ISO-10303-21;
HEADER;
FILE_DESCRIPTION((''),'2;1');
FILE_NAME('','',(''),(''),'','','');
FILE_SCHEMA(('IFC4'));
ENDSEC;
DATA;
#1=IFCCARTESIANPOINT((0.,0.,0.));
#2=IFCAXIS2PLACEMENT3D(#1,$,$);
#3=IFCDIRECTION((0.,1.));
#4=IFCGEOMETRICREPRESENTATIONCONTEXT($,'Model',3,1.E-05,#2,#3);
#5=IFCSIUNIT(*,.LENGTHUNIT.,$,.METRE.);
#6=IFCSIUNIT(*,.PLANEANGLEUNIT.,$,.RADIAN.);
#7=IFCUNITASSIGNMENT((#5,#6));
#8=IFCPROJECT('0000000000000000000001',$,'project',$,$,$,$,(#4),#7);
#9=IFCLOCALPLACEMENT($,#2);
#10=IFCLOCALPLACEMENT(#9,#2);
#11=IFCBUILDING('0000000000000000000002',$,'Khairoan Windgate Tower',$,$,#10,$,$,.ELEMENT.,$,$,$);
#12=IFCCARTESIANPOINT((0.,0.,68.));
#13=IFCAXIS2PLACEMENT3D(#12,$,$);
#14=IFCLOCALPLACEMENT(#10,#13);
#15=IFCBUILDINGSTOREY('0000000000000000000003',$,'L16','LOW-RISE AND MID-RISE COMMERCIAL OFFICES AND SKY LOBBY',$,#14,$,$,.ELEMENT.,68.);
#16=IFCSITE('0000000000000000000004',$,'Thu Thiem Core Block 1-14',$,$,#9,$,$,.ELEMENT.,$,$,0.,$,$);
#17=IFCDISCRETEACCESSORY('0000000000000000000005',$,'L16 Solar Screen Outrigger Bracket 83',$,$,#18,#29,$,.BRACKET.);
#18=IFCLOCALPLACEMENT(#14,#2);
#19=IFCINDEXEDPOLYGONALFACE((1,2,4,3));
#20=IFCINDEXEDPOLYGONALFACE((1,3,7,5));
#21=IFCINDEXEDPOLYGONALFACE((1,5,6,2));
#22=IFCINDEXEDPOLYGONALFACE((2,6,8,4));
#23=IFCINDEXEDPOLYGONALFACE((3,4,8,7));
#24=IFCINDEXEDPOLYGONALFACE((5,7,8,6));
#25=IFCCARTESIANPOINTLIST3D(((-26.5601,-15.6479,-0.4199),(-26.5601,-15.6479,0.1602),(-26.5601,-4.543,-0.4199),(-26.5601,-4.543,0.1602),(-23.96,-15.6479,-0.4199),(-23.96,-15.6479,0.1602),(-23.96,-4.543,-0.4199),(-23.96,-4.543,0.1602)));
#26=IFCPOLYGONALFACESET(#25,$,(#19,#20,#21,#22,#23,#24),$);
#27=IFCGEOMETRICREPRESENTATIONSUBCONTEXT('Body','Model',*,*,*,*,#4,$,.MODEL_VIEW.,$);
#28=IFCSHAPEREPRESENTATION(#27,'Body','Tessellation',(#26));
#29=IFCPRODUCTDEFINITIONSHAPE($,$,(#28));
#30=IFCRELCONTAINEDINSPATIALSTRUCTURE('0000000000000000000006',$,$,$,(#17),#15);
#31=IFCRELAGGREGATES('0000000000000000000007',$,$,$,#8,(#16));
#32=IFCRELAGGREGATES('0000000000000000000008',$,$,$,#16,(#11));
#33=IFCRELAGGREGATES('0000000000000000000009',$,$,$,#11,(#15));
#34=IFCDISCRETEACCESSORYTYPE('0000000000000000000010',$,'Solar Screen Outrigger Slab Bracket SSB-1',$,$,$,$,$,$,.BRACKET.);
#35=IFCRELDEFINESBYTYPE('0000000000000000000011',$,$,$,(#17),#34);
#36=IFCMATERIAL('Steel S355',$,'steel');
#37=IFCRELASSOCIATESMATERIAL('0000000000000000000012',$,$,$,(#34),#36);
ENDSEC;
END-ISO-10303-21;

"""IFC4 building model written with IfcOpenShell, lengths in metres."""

from ifc_helpers import new_model, si_unit, direction, frame, origin, origin_2d, place, context, subcontext, project, spatial, rectangle, extrude, material, type_object, element, save


model = new_model("IFC4")

# Units and contexts
model_context = context("Model", 3, precision=1e-05, world=origin(), true_north=direction((0.0, 1.0)))
body_context = subcontext(model_context, "Body", "Model", "MODEL_VIEW")
ifc_project = project(units=[si_unit("LENGTHUNIT", "METRE"), si_unit("PLANEANGLEUNIT", "RADIAN")], contexts=[model_context])

# Site, building, storey
site_placement = place(None, origin())
site = spatial("IfcSite", under=ifc_project, at=site_placement, Name="Thu Thiem Core Block 1-14", CompositionType="ELEMENT", RefElevation=0.0)
building_placement = place(site_placement, origin())
building = spatial("IfcBuilding", under=site, at=building_placement, Name="Khairoan Windgate Tower", CompositionType="ELEMENT")
storey_placement = place(building_placement, frame((0.0, 0.0, 68.0)))
storey = spatial("IfcBuildingStorey", under=building, at=storey_placement, Name="L16", Description="LOW-RISE AND MID-RISE COMMERCIAL OFFICES AND SKY LOBBY", CompositionType="ELEMENT", Elevation=68.0)

# Discrete accessory
ifc_material_1 = material(Name="Steel S355", Category="steel")
discrete_accessory_type = type_object("IfcDiscreteAccessoryType", Name="Solar Screen Outrigger Slab Bracket SSB-1", PredefinedType="BRACKET", material=ifc_material_1)
discrete_accessory_placement = place(storey_placement, frame((-25.26, -10.0955, -0.4199), z_axis=(0.0, 0.0, 1.0), x_axis=(0.0, 1.0, 0.0)))
element("IfcDiscreteAccessory", 1, at=discrete_accessory_placement, inside=storey, type_object=discrete_accessory_type, Name="L16 Solar Screen Outrigger Bracket 83", PredefinedType="BRACKET", context=body_context, shape_type="SweptSolid", body=[
    extrude(rectangle(XDim=11.105, YDim=2.6001, at=origin_2d()), origin(), (0.0, 0.0, 1.0), 0.5801),
])

save(model, "model.ifc")
